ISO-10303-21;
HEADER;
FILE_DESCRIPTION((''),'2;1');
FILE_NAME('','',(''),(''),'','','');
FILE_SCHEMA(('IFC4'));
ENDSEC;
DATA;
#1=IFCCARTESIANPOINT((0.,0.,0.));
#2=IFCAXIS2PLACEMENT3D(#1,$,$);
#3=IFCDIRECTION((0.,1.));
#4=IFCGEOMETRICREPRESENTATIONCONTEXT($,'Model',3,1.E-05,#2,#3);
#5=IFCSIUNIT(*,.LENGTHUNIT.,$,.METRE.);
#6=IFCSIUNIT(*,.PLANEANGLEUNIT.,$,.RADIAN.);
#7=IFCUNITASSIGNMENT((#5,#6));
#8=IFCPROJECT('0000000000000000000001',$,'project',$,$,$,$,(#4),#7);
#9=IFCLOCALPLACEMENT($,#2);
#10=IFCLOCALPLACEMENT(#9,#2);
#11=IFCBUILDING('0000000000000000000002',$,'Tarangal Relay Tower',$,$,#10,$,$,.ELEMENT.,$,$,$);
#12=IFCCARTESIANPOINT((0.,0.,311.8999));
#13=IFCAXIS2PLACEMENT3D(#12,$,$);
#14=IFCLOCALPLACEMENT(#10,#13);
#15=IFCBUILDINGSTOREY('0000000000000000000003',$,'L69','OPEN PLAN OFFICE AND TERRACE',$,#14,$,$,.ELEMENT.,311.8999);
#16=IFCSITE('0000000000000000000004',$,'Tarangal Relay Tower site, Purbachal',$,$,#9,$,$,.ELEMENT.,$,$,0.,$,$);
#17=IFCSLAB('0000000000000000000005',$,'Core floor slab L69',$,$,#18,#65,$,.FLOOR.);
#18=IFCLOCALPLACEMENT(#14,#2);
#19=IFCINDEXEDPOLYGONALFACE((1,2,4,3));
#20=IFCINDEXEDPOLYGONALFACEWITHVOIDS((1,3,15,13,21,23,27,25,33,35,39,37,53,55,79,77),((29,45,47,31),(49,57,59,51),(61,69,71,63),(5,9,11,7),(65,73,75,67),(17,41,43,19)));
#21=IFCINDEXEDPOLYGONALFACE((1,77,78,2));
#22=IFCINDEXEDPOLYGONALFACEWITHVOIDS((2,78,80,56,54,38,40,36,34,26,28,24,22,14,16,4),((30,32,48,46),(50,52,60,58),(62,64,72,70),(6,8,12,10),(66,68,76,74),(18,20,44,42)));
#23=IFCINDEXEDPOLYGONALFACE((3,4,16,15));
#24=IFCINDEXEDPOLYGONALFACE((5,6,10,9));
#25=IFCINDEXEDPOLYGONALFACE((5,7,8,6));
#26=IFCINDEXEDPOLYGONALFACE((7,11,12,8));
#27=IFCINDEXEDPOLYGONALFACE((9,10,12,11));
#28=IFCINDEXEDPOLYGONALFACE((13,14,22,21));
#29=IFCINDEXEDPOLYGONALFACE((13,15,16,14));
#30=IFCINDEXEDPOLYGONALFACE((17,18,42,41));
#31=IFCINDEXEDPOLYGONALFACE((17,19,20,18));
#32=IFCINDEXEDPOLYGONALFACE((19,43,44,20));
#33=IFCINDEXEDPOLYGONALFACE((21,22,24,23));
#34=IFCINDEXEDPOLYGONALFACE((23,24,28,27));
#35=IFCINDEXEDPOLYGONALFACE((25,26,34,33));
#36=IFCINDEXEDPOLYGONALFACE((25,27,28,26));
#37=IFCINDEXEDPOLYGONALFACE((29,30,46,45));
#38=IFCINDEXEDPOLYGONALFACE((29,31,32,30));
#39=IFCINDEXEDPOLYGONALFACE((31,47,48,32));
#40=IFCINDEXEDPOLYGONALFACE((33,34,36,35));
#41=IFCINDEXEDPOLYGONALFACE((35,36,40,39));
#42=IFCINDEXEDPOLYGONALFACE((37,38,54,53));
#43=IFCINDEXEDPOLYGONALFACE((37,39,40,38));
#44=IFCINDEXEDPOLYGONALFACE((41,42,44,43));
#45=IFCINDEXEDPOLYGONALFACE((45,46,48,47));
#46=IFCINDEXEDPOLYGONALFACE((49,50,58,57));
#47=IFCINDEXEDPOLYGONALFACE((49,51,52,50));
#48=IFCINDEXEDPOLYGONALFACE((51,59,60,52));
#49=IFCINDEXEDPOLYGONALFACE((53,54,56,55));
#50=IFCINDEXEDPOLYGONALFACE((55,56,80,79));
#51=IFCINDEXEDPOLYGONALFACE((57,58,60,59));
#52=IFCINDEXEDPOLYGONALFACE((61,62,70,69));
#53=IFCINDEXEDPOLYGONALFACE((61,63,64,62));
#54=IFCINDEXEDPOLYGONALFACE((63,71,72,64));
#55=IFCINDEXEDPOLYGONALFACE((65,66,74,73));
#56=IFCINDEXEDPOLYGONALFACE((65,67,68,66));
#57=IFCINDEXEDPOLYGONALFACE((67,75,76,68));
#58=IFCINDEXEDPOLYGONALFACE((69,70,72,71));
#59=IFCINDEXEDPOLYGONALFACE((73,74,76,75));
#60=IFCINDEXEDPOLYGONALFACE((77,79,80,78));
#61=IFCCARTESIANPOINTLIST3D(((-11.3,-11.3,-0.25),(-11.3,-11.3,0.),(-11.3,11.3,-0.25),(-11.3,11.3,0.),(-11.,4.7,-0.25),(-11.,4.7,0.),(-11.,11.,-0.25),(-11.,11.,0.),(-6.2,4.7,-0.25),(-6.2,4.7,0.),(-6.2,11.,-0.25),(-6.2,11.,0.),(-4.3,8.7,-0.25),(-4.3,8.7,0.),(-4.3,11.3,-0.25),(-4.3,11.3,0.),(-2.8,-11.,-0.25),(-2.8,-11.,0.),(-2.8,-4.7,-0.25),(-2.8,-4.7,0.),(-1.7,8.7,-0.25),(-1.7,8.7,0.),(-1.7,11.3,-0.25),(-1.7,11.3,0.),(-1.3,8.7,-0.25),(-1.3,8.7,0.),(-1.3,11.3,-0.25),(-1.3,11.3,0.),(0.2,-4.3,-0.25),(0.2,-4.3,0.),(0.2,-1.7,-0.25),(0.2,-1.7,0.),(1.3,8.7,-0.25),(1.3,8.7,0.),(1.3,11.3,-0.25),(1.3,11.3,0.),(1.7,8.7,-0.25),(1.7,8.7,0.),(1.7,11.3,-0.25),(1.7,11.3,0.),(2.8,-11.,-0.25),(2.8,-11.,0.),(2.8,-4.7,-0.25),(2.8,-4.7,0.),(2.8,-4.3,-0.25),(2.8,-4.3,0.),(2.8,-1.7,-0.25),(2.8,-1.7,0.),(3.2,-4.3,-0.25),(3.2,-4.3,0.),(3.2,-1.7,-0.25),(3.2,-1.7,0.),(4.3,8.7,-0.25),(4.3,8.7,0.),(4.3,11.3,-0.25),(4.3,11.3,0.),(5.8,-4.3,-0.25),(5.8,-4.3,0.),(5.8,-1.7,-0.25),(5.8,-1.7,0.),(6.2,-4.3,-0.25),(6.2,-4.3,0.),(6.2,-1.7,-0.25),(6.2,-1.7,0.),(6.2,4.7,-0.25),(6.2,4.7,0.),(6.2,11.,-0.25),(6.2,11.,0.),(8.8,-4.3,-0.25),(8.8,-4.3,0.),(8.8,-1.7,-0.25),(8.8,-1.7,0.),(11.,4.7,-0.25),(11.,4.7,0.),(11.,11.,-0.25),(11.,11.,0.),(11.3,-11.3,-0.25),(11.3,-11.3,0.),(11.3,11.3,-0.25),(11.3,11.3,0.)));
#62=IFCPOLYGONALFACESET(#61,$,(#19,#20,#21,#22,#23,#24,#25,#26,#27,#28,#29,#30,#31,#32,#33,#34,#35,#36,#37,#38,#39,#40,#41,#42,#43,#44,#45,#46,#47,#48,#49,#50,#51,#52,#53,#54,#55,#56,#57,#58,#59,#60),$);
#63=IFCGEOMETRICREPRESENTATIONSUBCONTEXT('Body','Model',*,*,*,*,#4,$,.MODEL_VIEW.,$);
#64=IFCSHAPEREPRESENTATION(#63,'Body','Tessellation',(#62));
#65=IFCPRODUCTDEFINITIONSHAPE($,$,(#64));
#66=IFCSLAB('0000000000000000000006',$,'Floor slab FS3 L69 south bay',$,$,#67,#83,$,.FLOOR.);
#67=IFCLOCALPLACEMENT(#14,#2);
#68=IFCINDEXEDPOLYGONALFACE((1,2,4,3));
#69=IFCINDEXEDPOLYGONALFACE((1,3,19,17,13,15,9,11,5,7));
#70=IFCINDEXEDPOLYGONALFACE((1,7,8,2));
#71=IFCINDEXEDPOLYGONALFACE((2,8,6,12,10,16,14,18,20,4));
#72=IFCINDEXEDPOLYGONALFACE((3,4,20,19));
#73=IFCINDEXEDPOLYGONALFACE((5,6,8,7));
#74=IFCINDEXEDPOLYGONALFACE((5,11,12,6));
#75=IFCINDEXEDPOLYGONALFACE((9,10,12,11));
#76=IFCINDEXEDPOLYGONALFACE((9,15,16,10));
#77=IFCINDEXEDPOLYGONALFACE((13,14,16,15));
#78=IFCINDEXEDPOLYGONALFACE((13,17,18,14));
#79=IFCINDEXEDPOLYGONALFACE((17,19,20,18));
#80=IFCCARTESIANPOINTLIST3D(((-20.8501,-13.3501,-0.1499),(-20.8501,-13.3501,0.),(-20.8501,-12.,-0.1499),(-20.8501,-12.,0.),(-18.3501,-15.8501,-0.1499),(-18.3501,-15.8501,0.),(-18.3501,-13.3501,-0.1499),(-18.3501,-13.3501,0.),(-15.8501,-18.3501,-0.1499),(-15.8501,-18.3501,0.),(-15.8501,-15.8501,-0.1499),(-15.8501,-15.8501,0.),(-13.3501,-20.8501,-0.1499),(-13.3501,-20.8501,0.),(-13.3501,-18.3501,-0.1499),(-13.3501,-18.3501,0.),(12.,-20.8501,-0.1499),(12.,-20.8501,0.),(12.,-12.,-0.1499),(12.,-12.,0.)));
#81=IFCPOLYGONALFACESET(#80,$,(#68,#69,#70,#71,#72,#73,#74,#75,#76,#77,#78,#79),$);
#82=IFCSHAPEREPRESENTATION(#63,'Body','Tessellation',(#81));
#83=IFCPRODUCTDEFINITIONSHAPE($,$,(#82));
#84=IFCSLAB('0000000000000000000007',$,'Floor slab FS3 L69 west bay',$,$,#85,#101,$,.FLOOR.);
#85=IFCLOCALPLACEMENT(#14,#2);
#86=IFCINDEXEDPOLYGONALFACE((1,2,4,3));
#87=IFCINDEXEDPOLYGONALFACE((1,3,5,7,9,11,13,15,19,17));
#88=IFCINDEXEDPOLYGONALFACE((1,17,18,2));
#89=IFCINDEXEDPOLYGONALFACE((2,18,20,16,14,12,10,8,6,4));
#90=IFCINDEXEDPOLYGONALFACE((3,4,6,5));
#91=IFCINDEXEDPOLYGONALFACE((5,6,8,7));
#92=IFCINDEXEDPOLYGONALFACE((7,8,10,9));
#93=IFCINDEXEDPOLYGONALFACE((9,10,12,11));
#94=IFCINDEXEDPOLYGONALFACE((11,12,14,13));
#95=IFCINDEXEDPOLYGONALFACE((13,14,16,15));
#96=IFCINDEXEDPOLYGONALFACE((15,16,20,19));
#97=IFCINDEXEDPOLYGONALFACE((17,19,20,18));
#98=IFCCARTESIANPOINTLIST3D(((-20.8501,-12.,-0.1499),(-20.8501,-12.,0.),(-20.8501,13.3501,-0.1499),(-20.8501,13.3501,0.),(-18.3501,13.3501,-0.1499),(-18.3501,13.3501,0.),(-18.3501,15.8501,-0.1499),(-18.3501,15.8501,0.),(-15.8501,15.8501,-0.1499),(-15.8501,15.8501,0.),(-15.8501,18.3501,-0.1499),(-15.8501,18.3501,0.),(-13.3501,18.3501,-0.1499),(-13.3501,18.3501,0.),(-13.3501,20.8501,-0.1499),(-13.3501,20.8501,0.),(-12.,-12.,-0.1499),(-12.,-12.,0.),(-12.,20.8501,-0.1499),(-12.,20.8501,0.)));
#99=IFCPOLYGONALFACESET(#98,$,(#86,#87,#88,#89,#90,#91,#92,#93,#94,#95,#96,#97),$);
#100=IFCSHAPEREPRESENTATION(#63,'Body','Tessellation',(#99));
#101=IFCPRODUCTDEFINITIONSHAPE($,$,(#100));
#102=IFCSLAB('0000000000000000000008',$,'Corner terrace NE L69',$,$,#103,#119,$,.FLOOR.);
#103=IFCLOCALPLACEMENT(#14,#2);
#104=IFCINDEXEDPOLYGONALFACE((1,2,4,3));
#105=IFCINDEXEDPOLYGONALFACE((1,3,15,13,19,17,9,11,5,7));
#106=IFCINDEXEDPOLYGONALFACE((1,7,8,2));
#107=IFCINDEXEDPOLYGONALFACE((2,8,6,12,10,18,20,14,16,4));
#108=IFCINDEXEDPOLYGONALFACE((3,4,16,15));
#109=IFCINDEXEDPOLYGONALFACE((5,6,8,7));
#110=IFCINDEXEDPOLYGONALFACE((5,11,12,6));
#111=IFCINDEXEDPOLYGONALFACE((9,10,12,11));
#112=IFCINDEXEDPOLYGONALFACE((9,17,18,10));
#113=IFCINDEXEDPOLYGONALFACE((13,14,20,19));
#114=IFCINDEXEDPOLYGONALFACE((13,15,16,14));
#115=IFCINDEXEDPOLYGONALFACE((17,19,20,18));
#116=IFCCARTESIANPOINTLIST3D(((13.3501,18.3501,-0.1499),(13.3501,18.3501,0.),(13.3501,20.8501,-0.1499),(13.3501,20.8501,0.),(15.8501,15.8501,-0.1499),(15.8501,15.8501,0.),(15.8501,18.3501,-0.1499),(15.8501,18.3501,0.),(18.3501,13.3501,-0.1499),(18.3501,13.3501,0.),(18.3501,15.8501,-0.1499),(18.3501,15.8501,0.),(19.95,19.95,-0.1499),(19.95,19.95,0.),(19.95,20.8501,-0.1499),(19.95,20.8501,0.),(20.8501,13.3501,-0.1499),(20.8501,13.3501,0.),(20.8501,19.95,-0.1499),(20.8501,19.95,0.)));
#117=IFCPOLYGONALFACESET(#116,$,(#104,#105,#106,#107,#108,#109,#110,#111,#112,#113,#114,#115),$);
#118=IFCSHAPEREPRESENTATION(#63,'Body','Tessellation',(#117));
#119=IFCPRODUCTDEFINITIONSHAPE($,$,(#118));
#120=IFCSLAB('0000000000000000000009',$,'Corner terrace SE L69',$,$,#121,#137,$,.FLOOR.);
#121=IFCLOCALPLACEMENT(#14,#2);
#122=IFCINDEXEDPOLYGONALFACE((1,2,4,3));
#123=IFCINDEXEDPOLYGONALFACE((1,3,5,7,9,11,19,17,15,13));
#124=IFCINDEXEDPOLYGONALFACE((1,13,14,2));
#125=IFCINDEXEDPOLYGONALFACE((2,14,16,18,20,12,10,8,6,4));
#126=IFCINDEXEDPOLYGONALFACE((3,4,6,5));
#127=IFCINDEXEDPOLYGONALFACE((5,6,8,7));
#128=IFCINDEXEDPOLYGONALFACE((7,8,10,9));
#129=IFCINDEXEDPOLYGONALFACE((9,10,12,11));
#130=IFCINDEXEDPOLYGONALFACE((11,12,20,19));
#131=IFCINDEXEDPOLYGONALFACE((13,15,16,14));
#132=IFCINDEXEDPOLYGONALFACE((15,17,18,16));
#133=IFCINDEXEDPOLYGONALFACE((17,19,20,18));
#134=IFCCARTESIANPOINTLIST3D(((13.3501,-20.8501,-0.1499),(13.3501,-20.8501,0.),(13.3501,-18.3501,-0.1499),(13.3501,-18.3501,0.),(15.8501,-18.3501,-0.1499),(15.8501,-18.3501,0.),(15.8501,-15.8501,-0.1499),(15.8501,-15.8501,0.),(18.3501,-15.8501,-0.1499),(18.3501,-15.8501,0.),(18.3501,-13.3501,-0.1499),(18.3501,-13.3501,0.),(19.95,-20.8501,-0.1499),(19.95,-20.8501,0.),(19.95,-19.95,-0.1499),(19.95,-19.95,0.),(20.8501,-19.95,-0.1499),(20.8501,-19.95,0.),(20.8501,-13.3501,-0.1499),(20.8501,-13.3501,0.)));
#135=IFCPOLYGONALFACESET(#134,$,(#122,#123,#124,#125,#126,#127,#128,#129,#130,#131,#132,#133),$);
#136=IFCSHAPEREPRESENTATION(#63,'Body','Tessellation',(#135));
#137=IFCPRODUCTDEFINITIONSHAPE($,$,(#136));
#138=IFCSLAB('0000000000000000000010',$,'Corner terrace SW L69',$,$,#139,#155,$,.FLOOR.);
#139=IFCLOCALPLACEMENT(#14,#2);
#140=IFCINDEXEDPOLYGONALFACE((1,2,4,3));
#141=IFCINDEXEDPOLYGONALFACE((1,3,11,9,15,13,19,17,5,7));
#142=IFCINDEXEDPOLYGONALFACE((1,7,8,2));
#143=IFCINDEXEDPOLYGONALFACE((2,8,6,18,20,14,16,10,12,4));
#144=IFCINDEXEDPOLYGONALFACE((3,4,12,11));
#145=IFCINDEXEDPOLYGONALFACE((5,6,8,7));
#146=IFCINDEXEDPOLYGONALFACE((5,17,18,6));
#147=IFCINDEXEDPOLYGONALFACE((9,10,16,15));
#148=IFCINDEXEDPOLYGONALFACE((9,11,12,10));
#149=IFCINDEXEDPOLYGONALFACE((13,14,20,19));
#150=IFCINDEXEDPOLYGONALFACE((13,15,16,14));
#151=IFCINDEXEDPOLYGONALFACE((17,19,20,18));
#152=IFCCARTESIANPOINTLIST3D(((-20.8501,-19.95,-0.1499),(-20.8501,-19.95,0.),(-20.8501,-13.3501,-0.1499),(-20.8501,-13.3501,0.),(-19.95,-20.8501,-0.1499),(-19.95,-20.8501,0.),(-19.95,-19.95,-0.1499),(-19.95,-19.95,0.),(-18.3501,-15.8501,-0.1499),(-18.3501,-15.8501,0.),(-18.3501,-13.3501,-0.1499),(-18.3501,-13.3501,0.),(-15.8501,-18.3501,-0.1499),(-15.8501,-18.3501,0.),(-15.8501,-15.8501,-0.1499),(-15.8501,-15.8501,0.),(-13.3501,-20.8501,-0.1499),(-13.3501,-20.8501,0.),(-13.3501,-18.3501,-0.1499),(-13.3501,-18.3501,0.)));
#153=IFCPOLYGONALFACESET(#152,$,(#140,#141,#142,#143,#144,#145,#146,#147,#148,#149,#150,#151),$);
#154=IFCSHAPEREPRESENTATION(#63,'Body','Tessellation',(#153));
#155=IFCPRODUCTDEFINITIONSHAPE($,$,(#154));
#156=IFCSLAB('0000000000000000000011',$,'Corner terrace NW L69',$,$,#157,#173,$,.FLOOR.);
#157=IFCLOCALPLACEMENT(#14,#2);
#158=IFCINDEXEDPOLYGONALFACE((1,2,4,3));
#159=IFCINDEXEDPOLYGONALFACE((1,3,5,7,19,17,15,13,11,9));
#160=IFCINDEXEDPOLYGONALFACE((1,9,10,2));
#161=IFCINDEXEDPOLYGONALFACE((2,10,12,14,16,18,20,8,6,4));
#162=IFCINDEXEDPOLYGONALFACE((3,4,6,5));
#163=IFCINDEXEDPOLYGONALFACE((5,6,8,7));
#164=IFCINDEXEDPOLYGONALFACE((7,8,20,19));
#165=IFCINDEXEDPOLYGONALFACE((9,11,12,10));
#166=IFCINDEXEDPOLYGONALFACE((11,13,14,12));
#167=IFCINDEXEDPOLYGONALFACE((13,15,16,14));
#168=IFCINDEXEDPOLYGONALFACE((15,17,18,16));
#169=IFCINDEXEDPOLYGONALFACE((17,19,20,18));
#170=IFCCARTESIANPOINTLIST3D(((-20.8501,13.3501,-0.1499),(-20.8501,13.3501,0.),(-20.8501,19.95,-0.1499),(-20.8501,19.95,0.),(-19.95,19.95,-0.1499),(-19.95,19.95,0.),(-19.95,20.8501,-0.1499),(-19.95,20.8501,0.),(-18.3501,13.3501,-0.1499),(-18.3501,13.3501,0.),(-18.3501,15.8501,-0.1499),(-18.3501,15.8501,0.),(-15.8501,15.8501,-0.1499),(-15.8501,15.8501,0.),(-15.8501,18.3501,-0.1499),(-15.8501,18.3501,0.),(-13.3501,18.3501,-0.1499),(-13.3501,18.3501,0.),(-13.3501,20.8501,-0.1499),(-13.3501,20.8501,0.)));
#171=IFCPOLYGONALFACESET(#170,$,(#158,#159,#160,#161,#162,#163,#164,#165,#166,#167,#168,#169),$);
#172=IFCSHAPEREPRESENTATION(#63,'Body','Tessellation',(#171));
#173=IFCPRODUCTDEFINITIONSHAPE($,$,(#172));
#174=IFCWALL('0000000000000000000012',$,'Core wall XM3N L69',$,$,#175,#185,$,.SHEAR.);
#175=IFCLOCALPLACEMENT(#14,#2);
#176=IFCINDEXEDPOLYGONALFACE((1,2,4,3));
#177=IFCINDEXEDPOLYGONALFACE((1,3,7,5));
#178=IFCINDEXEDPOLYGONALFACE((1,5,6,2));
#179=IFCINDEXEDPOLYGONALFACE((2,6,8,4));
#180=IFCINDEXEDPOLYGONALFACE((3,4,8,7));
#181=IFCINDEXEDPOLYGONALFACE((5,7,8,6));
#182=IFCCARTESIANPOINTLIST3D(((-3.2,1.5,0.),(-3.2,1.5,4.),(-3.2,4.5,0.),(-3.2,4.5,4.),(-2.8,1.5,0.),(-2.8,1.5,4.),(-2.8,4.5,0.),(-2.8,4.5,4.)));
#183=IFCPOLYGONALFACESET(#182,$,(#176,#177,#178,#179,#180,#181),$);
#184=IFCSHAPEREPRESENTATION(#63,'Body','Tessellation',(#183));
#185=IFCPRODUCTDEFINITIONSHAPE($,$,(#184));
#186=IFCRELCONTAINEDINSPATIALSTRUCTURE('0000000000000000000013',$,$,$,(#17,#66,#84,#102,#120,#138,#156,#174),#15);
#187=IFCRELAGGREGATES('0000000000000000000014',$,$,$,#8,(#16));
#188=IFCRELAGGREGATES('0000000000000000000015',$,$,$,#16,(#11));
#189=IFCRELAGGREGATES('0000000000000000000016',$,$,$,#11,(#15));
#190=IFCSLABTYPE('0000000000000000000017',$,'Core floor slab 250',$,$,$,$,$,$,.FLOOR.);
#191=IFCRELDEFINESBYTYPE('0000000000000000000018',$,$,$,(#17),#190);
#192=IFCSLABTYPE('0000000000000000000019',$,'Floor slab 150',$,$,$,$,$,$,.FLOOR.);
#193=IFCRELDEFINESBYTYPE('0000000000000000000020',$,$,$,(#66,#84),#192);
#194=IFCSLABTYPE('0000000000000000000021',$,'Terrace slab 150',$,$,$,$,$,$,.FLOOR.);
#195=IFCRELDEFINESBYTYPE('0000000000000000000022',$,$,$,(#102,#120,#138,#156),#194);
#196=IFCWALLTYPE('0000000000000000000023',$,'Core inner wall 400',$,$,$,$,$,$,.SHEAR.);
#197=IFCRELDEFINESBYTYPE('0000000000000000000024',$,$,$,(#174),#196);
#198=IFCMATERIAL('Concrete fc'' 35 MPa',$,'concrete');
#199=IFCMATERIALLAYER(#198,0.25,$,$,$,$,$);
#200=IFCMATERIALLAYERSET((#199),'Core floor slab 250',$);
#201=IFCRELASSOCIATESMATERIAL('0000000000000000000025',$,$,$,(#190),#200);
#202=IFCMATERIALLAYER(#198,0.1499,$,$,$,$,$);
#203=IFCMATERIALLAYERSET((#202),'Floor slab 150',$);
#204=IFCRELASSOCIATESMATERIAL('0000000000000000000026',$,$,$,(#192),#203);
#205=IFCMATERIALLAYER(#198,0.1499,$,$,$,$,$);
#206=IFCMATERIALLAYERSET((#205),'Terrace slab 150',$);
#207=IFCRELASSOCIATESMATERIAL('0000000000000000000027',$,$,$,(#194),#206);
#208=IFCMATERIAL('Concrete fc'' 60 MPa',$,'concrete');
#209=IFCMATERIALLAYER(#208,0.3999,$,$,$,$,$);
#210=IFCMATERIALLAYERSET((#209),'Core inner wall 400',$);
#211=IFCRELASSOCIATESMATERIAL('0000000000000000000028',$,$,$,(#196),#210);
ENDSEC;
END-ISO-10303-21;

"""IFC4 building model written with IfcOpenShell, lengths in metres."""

from ifc_helpers import new_model, si_unit, direction, frame, frame_2d, origin, place, context, subcontext, project, spatial, polyline, rectangle, outline, extrude, material, layer, layer_set, type_object, element, save


model = new_model("IFC4")

# Units and contexts
model_context = context("Model", 3, precision=1e-05, world=origin(), true_north=direction((0.0, 1.0)))
body_context = subcontext(model_context, "Body", "Model", "MODEL_VIEW")
ifc_project = project(units=[si_unit("LENGTHUNIT", "METRE"), si_unit("PLANEANGLEUNIT", "RADIAN")], contexts=[model_context])

# Site, building, storey
site_placement = place(None, origin())
site = spatial("IfcSite", under=ifc_project, at=site_placement, Name="Tarangal Relay Tower site, Purbachal", CompositionType="ELEMENT", RefElevation=0.0)
building_placement = place(site_placement, origin())
building = spatial("IfcBuilding", under=site, at=building_placement, Name="Tarangal Relay Tower", CompositionType="ELEMENT")
storey_placement = place(building_placement, frame((0.0, 0.0, 311.8999)))
storey = spatial("IfcBuildingStorey", under=building, at=storey_placement, Name="L69", Description="OPEN PLAN OFFICE AND TERRACE", CompositionType="ELEMENT", Elevation=311.8999)

# Slabs
ifc_material_1 = material(Name="Concrete fc' 35 MPa", Category="concrete")
ifc_layer_1 = layer(ifc_material_1, 0.25)
ifc_layer_set_1 = layer_set([ifc_layer_1], Name="Core floor slab 250")
slab_type_1 = type_object("IfcSlabType", Name="Core floor slab 250", PredefinedType="FLOOR", material=ifc_layer_set_1)
slab_1_placement = place(storey_placement, frame((0.0, 0.0, -0.25)))
element("IfcSlab", 1, at=slab_1_placement, inside=storey, type_object=slab_type_1, Name="Core floor slab L69", PredefinedType="FLOOR", context=body_context, shape_type="SweptSolid", body=[
    extrude(outline(polyline([(11.3, 11.3), (11.3, -11.3), (-11.3, -11.3), (-11.3, 11.3), (-4.3, 11.3), (-4.3, 8.7), (-1.7, 8.7), (-1.7, 11.3), (-1.3, 11.3), (-1.3, 8.7), (1.3, 8.7), (1.3, 11.3), (1.7, 11.3), (1.7, 8.7), (4.3, 8.7), (4.3, 11.3), (11.3, 11.3)]), holes=[polyline([(2.8, -4.7), (-2.8, -4.7), (-2.8, -11.0), (2.8, -11.0), (2.8, -4.7)]), polyline([(2.8, -1.7), (0.2, -1.7), (0.2, -4.3), (2.8, -4.3), (2.8, -1.7)]), polyline([(5.8, -1.7), (3.2, -1.7), (3.2, -4.3), (5.8, -4.3), (5.8, -1.7)]), polyline([(8.8, -1.7), (6.2, -1.7), (6.2, -4.3), (8.8, -4.3), (8.8, -1.7)]), polyline([(-6.2, 11.0), (-11.0, 11.0), (-11.0, 4.7), (-6.2, 4.7), (-6.2, 11.0)]), polyline([(11.0, 11.0), (6.2, 11.0), (6.2, 4.7), (11.0, 4.7), (11.0, 11.0)])]), origin(), (0.0, 0.0, 1.0), 0.25),
])
ifc_layer_2 = layer(ifc_material_1, 0.1499)
ifc_layer_set_2 = layer_set([ifc_layer_2], Name="Floor slab 150")
slab_type_2 = type_object("IfcSlabType", Name="Floor slab 150", PredefinedType="FLOOR", material=ifc_layer_set_2)
slab_2_placement = place(storey_placement, frame((0.0, 0.0, -0.1499)))
element("IfcSlab", 2, at=slab_2_placement, inside=storey, type_object=slab_type_2, Name="Floor slab FS3 L69 south bay", PredefinedType="FLOOR", context=body_context, shape_type="SweptSolid", body=[
    extrude(outline(polyline([(-13.3501, -20.8501), (-13.3501, -18.3501), (-15.8501, -18.3501), (-15.8501, -15.8501), (-18.3501, -15.8501), (-18.3501, -13.3501), (-20.8501, -13.3501), (-20.8501, -12.0), (12.0, -12.0), (12.0, -20.8501), (-13.3501, -20.8501)])), origin(), (0.0, 0.0, 1.0), 0.1499),
])
slab_3_placement = place(storey_placement, frame((0.0, 0.0, -0.1499)))
element("IfcSlab", 3, at=slab_3_placement, inside=storey, type_object=slab_type_2, Name="Floor slab FS3 L69 west bay", PredefinedType="FLOOR", context=body_context, shape_type="SweptSolid", body=[
    extrude(outline(polyline([(-12.0, 20.8501), (-12.0, -12.0), (-20.8501, -12.0), (-20.8501, 13.3501), (-18.3501, 13.3501), (-18.3501, 15.8501), (-15.8501, 15.8501), (-15.8501, 18.3501), (-13.3501, 18.3501), (-13.3501, 20.8501), (-12.0, 20.8501)])), origin(), (0.0, 0.0, 1.0), 0.1499),
])
ifc_layer_3 = layer(ifc_material_1, 0.1499)
ifc_layer_set_3 = layer_set([ifc_layer_3], Name="Terrace slab 150")
slab_type_3 = type_object("IfcSlabType", Name="Terrace slab 150", PredefinedType="FLOOR", material=ifc_layer_set_3)
slab_4_placement = place(storey_placement, frame((0.0, 0.0, -0.1499)))
element("IfcSlab", 4, at=slab_4_placement, inside=storey, type_object=slab_type_3, Name="Corner terrace NE L69", PredefinedType="FLOOR", context=body_context, shape_type="SweptSolid", body=[
    extrude(outline(polyline([(13.3501, 20.8501), (13.3501, 18.3501), (15.8501, 18.3501), (15.8501, 15.8501), (18.3501, 15.8501), (18.3501, 13.3501), (20.8501, 13.3501), (20.8501, 19.95), (19.95, 19.95), (19.95, 20.8501), (13.3501, 20.8501)])), origin(), (0.0, 0.0, 1.0), 0.1499),
])
slab_5_placement = place(storey_placement, frame((0.0, 0.0, -0.1499)))
element("IfcSlab", 5, at=slab_5_placement, inside=storey, type_object=slab_type_3, Name="Corner terrace SE L69", PredefinedType="FLOOR", context=body_context, shape_type="SweptSolid", body=[
    extrude(outline(polyline([(20.8501, -13.3501), (18.3501, -13.3501), (18.3501, -15.8501), (15.8501, -15.8501), (15.8501, -18.3501), (13.3501, -18.3501), (13.3501, -20.8501), (19.95, -20.8501), (19.95, -19.95), (20.8501, -19.95), (20.8501, -13.3501)])), origin(), (0.0, 0.0, 1.0), 0.1499),
])
slab_6_placement = place(storey_placement, frame((0.0, 0.0, -0.1499)))
element("IfcSlab", 6, at=slab_6_placement, inside=storey, type_object=slab_type_3, Name="Corner terrace SW L69", PredefinedType="FLOOR", context=body_context, shape_type="SweptSolid", body=[
    extrude(outline(polyline([(-13.3501, -20.8501), (-13.3501, -18.3501), (-15.8501, -18.3501), (-15.8501, -15.8501), (-18.3501, -15.8501), (-18.3501, -13.3501), (-20.8501, -13.3501), (-20.8501, -19.95), (-19.95, -19.95), (-19.95, -20.8501), (-13.3501, -20.8501)])), origin(), (0.0, 0.0, 1.0), 0.1499),
])
slab_7_placement = place(storey_placement, frame((0.0, 0.0, -0.1499)))
element("IfcSlab", 7, at=slab_7_placement, inside=storey, type_object=slab_type_3, Name="Corner terrace NW L69", PredefinedType="FLOOR", context=body_context, shape_type="SweptSolid", body=[
    extrude(outline(polyline([(-20.8501, 13.3501), (-18.3501, 13.3501), (-18.3501, 15.8501), (-15.8501, 15.8501), (-15.8501, 18.3501), (-13.3501, 18.3501), (-13.3501, 20.8501), (-19.95, 20.8501), (-19.95, 19.95), (-20.8501, 19.95), (-20.8501, 13.3501)])), origin(), (0.0, 0.0, 1.0), 0.1499),
])

# Wall
ifc_material_2 = material(Name="Concrete fc' 60 MPa", Category="concrete")
ifc_layer_4 = layer(ifc_material_2, 0.3999)
ifc_layer_set_4 = layer_set([ifc_layer_4], Name="Core inner wall 400")
wall_type = type_object("IfcWallType", Name="Core inner wall 400", PredefinedType="SHEAR", material=ifc_layer_set_4)
for number, where, z_axis, x_axis, name in (
    (8, (-3.0, 1.5, 0.0), (0.0, 0.0, 1.0), (0.0, 1.0, 0.0), "Core wall XM3N L69"),
):
    element("IfcWall", number, at=place(storey_placement, frame(where, z_axis=z_axis, x_axis=x_axis)), inside=storey, type_object=wall_type, Name=name, PredefinedType="SHEAR", context=body_context, shape_type="SweptSolid", body=[
        extrude(rectangle(XDim=3.0, YDim=0.3999, at=frame_2d((1.5, 0.0))), origin(), (0.0, 0.0, 1.0), 4.0),
    ])

save(model, "model.ifc")
